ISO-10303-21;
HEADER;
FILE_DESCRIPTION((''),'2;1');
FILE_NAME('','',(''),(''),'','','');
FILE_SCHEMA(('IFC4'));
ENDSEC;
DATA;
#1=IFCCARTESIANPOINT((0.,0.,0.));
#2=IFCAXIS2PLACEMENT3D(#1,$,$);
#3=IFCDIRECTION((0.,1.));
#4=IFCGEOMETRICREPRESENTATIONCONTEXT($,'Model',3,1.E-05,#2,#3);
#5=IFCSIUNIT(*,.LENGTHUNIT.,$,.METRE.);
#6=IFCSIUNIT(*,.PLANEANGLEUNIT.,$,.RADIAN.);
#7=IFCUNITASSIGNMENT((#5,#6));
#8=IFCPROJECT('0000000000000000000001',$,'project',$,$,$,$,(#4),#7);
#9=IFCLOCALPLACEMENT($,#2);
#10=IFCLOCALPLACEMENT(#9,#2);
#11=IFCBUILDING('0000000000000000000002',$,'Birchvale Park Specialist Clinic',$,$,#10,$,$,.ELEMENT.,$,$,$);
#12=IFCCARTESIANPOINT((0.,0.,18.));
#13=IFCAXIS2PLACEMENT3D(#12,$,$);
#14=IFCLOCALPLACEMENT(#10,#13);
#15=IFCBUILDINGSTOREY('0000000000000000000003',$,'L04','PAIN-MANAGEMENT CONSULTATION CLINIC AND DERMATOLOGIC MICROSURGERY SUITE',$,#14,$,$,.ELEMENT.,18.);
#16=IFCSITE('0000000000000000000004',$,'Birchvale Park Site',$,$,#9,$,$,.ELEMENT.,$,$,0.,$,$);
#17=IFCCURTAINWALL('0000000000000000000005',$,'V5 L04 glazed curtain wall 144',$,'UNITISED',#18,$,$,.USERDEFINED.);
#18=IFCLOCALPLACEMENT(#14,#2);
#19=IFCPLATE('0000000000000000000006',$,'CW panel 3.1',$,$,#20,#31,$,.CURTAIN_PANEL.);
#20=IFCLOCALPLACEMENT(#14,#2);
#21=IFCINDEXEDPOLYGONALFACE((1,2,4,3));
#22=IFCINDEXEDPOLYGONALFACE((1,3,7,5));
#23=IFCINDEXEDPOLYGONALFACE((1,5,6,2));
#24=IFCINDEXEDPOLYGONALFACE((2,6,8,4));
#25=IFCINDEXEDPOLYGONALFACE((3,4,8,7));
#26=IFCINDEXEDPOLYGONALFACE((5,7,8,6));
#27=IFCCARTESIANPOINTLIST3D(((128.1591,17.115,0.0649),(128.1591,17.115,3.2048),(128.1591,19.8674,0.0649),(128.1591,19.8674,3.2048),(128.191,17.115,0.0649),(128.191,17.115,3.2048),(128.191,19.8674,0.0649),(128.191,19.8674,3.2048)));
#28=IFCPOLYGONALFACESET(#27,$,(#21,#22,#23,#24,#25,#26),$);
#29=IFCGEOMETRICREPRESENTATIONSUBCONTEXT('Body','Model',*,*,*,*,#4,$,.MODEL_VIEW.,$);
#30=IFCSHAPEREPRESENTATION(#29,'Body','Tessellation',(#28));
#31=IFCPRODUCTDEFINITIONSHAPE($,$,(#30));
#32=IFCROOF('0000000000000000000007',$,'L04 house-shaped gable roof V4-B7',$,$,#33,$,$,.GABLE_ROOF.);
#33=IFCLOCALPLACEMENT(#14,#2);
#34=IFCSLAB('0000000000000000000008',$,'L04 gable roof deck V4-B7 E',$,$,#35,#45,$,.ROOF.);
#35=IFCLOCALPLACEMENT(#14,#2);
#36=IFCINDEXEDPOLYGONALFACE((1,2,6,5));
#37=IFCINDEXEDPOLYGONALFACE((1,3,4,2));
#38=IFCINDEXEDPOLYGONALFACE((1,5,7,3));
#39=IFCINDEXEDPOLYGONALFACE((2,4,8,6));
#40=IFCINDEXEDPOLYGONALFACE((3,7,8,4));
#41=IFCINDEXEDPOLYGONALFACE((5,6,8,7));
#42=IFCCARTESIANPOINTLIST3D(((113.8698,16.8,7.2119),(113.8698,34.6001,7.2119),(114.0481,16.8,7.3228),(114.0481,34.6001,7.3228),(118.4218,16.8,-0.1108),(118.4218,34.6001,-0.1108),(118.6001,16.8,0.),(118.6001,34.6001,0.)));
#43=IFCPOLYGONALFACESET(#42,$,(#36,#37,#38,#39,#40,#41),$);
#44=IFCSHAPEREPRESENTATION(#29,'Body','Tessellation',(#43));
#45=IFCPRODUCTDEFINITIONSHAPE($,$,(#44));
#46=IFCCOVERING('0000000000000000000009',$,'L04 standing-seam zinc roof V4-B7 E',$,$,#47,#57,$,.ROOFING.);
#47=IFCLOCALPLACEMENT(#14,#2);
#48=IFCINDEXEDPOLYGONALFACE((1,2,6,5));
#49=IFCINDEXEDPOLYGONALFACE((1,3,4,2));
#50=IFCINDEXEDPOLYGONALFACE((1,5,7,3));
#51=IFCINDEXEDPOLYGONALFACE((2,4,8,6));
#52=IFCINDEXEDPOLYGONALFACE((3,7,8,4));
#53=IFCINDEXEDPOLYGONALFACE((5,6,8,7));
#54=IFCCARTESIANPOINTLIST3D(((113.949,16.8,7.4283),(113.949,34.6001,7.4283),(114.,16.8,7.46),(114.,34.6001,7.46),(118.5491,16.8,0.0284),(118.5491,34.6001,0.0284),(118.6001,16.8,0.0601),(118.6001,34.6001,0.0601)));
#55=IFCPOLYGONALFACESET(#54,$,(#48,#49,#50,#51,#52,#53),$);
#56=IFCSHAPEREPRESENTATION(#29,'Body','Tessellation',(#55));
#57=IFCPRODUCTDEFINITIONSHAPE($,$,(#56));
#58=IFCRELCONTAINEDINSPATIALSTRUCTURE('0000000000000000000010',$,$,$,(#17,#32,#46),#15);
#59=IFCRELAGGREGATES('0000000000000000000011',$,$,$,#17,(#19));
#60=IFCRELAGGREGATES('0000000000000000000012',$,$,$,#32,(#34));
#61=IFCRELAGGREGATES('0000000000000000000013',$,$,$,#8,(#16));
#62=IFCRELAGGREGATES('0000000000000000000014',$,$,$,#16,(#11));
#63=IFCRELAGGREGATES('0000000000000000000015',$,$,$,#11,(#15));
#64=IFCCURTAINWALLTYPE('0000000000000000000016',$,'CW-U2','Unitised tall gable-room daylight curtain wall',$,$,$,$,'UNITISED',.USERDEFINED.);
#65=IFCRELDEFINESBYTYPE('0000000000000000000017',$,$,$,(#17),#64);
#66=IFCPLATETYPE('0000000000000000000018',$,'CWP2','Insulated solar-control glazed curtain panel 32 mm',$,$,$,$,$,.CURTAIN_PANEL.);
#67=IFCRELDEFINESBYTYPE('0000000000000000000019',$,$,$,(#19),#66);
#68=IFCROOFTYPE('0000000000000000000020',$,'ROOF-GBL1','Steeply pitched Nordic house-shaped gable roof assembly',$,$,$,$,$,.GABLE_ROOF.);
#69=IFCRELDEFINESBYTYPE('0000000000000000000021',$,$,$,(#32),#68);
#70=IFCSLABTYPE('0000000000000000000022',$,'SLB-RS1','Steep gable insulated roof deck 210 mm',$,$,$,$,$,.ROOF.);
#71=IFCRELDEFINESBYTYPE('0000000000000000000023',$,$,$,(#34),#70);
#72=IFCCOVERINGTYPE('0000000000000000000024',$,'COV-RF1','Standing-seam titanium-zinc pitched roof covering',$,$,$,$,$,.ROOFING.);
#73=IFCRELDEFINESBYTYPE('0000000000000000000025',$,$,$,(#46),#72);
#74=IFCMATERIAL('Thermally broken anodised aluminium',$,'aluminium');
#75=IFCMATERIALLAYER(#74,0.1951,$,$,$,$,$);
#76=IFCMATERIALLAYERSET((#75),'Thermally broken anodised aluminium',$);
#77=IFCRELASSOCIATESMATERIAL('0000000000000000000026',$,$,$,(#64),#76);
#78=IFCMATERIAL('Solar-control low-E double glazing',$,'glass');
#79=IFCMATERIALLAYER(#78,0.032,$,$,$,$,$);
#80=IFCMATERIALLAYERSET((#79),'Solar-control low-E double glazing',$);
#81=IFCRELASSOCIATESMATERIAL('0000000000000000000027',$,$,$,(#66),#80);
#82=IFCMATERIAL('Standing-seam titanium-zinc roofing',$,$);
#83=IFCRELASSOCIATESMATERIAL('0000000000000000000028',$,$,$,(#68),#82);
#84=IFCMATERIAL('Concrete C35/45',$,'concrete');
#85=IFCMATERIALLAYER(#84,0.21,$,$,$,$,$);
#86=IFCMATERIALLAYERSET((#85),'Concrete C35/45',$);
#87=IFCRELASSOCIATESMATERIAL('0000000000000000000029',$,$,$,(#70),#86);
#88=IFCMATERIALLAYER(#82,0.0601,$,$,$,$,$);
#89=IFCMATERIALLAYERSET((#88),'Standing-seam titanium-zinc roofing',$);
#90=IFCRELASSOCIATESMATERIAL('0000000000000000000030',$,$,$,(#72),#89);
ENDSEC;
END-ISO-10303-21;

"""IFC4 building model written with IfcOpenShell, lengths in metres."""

from ifc_helpers import new_model, si_unit, direction, frame, origin, origin_2d, place, context, subcontext, project, spatial, polyline, rectangle, outline, extrude, material, layer, layer_set, type_object, element, aggregate, save


model = new_model("IFC4")

# Units and contexts
model_context = context("Model", 3, precision=1e-05, world=origin(), true_north=direction((0.0, 1.0)))
body_context = subcontext(model_context, "Body", "Model", "MODEL_VIEW")
ifc_project = project(units=[si_unit("LENGTHUNIT", "METRE"), si_unit("PLANEANGLEUNIT", "RADIAN")], contexts=[model_context])

# Site, building, storey
site_placement = place(None, origin())
site = spatial("IfcSite", under=ifc_project, at=site_placement, Name="Birchvale Park Site", CompositionType="ELEMENT", RefElevation=0.0)
building_placement = place(site_placement, origin())
building = spatial("IfcBuilding", under=site, at=building_placement, Name="Birchvale Park Specialist Clinic", CompositionType="ELEMENT")
storey_placement = place(building_placement, frame((0.0, 0.0, 18.0)))
storey = spatial("IfcBuildingStorey", under=building, at=storey_placement, Name="L04", Description="PAIN-MANAGEMENT CONSULTATION CLINIC AND DERMATOLOGIC MICROSURGERY SUITE", CompositionType="ELEMENT", Elevation=18.0)

# Curtain wall
ifc_material_1 = material(Name="Thermally broken anodised aluminium", Category="aluminium")
ifc_layer_1 = layer(ifc_material_1, 0.1951)
ifc_layer_set_1 = layer_set([ifc_layer_1], Name="Thermally broken anodised aluminium")
curtain_wall_type = type_object("IfcCurtainWallType", Name="CW-U2", Description="Unitised tall gable-room daylight curtain wall", ElementType="UNITISED", PredefinedType="USERDEFINED", material=ifc_layer_set_1)
curtain_wall_placement = place(storey_placement, origin())
curtain_wall = element("IfcCurtainWall", 1, at=curtain_wall_placement, inside=storey, type_object=curtain_wall_type, Name="V5 L04 glazed curtain wall 144", ObjectType="UNITISED", PredefinedType="USERDEFINED")

# Plate
ifc_material_2 = material(Name="Solar-control low-E double glazing", Category="glass")
ifc_layer_2 = layer(ifc_material_2, 0.032)
ifc_layer_set_2 = layer_set([ifc_layer_2], Name="Solar-control low-E double glazing")
plate_type = type_object("IfcPlateType", Name="CWP2", Description="Insulated solar-control glazed curtain panel 32 mm", PredefinedType="CURTAIN_PANEL", material=ifc_layer_set_2)
plate_1_placement = place(storey_placement, frame((128.175, 18.4912, 0.0649), z_axis=(0.0, 0.0, 1.0), x_axis=(0.0, -1.0, 0.0)))
plate_1 = element("IfcPlate", 2, at=plate_1_placement, type_object=plate_type, Name="CW panel 3.1", PredefinedType="CURTAIN_PANEL", context=body_context, shape_type="SweptSolid", body=[
    extrude(rectangle(XDim=2.7524, YDim=0.032, at=origin_2d()), origin(), (0.0, 0.0, 1.0), 3.1399),
])
aggregate(curtain_wall, [plate_1])

# Roof, slab
ifc_material_3 = material(Name="Standing-seam titanium-zinc roofing")
roof_type = type_object("IfcRoofType", Name="ROOF-GBL1", Description="Steeply pitched Nordic house-shaped gable roof assembly", PredefinedType="GABLE_ROOF", material=ifc_material_3)
roof_placement = place(storey_placement, origin())
roof = element("IfcRoof", 3, at=roof_placement, inside=storey, type_object=roof_type, Name="L04 house-shaped gable roof V4-B7", PredefinedType="GABLE_ROOF")
ifc_material_4 = material(Name="Concrete C35/45", Category="concrete")
ifc_layer_3 = layer(ifc_material_4, 0.21)
ifc_layer_set_3 = layer_set([ifc_layer_3], Name="Concrete C35/45")
slab_type = type_object("IfcSlabType", Name="SLB-RS1", Description="Steep gable insulated roof deck 210 mm", PredefinedType="ROOF", material=ifc_layer_set_3)
slab_placement = place(storey_placement, frame((114.0481, 16.8, 7.3228), z_axis=(0.849284, 0.0, 0.527936), x_axis=(0.527936, 0.0, -0.849284)))
slab = element("IfcSlab", 4, at=slab_placement, type_object=slab_type, Name="L04 gable roof deck V4-B7 E", PredefinedType="ROOF", context=body_context, shape_type="SweptSolid", body=[
    extrude(outline(polyline([(0.0, 0.0), (8.6223, 0.0), (8.6223, 17.8), (0.0, 17.8), (0.0, 0.0)])), origin(), (0.0, 0.0, -1.0), 0.21),
])
aggregate(roof, [slab])

# Covering
ifc_layer_4 = layer(ifc_material_3, 0.0601)
ifc_layer_set_4 = layer_set([ifc_layer_4], Name="Standing-seam titanium-zinc roofing")
covering_type = type_object("IfcCoveringType", Name="COV-RF1", Description="Standing-seam titanium-zinc pitched roof covering", PredefinedType="ROOFING", material=ifc_layer_set_4)
covering_placement = place(storey_placement, frame((114.0, 16.8, 7.46), z_axis=(0.849277, 0.0, 0.527947), x_axis=(0.527947, 0.0, -0.849277)))
element("IfcCovering", 5, at=covering_placement, inside=storey, type_object=covering_type, Name="L04 standing-seam zinc roof V4-B7 E", PredefinedType="ROOFING", context=body_context, shape_type="SweptSolid", body=[
    extrude(outline(polyline([(0.0, 0.0), (8.7132, 0.0), (8.7132, 17.8), (0.0, 17.8), (0.0, 0.0)])), origin(), (0.0, 0.0, -1.0), 0.0601),
])

save(model, "model.ifc")
